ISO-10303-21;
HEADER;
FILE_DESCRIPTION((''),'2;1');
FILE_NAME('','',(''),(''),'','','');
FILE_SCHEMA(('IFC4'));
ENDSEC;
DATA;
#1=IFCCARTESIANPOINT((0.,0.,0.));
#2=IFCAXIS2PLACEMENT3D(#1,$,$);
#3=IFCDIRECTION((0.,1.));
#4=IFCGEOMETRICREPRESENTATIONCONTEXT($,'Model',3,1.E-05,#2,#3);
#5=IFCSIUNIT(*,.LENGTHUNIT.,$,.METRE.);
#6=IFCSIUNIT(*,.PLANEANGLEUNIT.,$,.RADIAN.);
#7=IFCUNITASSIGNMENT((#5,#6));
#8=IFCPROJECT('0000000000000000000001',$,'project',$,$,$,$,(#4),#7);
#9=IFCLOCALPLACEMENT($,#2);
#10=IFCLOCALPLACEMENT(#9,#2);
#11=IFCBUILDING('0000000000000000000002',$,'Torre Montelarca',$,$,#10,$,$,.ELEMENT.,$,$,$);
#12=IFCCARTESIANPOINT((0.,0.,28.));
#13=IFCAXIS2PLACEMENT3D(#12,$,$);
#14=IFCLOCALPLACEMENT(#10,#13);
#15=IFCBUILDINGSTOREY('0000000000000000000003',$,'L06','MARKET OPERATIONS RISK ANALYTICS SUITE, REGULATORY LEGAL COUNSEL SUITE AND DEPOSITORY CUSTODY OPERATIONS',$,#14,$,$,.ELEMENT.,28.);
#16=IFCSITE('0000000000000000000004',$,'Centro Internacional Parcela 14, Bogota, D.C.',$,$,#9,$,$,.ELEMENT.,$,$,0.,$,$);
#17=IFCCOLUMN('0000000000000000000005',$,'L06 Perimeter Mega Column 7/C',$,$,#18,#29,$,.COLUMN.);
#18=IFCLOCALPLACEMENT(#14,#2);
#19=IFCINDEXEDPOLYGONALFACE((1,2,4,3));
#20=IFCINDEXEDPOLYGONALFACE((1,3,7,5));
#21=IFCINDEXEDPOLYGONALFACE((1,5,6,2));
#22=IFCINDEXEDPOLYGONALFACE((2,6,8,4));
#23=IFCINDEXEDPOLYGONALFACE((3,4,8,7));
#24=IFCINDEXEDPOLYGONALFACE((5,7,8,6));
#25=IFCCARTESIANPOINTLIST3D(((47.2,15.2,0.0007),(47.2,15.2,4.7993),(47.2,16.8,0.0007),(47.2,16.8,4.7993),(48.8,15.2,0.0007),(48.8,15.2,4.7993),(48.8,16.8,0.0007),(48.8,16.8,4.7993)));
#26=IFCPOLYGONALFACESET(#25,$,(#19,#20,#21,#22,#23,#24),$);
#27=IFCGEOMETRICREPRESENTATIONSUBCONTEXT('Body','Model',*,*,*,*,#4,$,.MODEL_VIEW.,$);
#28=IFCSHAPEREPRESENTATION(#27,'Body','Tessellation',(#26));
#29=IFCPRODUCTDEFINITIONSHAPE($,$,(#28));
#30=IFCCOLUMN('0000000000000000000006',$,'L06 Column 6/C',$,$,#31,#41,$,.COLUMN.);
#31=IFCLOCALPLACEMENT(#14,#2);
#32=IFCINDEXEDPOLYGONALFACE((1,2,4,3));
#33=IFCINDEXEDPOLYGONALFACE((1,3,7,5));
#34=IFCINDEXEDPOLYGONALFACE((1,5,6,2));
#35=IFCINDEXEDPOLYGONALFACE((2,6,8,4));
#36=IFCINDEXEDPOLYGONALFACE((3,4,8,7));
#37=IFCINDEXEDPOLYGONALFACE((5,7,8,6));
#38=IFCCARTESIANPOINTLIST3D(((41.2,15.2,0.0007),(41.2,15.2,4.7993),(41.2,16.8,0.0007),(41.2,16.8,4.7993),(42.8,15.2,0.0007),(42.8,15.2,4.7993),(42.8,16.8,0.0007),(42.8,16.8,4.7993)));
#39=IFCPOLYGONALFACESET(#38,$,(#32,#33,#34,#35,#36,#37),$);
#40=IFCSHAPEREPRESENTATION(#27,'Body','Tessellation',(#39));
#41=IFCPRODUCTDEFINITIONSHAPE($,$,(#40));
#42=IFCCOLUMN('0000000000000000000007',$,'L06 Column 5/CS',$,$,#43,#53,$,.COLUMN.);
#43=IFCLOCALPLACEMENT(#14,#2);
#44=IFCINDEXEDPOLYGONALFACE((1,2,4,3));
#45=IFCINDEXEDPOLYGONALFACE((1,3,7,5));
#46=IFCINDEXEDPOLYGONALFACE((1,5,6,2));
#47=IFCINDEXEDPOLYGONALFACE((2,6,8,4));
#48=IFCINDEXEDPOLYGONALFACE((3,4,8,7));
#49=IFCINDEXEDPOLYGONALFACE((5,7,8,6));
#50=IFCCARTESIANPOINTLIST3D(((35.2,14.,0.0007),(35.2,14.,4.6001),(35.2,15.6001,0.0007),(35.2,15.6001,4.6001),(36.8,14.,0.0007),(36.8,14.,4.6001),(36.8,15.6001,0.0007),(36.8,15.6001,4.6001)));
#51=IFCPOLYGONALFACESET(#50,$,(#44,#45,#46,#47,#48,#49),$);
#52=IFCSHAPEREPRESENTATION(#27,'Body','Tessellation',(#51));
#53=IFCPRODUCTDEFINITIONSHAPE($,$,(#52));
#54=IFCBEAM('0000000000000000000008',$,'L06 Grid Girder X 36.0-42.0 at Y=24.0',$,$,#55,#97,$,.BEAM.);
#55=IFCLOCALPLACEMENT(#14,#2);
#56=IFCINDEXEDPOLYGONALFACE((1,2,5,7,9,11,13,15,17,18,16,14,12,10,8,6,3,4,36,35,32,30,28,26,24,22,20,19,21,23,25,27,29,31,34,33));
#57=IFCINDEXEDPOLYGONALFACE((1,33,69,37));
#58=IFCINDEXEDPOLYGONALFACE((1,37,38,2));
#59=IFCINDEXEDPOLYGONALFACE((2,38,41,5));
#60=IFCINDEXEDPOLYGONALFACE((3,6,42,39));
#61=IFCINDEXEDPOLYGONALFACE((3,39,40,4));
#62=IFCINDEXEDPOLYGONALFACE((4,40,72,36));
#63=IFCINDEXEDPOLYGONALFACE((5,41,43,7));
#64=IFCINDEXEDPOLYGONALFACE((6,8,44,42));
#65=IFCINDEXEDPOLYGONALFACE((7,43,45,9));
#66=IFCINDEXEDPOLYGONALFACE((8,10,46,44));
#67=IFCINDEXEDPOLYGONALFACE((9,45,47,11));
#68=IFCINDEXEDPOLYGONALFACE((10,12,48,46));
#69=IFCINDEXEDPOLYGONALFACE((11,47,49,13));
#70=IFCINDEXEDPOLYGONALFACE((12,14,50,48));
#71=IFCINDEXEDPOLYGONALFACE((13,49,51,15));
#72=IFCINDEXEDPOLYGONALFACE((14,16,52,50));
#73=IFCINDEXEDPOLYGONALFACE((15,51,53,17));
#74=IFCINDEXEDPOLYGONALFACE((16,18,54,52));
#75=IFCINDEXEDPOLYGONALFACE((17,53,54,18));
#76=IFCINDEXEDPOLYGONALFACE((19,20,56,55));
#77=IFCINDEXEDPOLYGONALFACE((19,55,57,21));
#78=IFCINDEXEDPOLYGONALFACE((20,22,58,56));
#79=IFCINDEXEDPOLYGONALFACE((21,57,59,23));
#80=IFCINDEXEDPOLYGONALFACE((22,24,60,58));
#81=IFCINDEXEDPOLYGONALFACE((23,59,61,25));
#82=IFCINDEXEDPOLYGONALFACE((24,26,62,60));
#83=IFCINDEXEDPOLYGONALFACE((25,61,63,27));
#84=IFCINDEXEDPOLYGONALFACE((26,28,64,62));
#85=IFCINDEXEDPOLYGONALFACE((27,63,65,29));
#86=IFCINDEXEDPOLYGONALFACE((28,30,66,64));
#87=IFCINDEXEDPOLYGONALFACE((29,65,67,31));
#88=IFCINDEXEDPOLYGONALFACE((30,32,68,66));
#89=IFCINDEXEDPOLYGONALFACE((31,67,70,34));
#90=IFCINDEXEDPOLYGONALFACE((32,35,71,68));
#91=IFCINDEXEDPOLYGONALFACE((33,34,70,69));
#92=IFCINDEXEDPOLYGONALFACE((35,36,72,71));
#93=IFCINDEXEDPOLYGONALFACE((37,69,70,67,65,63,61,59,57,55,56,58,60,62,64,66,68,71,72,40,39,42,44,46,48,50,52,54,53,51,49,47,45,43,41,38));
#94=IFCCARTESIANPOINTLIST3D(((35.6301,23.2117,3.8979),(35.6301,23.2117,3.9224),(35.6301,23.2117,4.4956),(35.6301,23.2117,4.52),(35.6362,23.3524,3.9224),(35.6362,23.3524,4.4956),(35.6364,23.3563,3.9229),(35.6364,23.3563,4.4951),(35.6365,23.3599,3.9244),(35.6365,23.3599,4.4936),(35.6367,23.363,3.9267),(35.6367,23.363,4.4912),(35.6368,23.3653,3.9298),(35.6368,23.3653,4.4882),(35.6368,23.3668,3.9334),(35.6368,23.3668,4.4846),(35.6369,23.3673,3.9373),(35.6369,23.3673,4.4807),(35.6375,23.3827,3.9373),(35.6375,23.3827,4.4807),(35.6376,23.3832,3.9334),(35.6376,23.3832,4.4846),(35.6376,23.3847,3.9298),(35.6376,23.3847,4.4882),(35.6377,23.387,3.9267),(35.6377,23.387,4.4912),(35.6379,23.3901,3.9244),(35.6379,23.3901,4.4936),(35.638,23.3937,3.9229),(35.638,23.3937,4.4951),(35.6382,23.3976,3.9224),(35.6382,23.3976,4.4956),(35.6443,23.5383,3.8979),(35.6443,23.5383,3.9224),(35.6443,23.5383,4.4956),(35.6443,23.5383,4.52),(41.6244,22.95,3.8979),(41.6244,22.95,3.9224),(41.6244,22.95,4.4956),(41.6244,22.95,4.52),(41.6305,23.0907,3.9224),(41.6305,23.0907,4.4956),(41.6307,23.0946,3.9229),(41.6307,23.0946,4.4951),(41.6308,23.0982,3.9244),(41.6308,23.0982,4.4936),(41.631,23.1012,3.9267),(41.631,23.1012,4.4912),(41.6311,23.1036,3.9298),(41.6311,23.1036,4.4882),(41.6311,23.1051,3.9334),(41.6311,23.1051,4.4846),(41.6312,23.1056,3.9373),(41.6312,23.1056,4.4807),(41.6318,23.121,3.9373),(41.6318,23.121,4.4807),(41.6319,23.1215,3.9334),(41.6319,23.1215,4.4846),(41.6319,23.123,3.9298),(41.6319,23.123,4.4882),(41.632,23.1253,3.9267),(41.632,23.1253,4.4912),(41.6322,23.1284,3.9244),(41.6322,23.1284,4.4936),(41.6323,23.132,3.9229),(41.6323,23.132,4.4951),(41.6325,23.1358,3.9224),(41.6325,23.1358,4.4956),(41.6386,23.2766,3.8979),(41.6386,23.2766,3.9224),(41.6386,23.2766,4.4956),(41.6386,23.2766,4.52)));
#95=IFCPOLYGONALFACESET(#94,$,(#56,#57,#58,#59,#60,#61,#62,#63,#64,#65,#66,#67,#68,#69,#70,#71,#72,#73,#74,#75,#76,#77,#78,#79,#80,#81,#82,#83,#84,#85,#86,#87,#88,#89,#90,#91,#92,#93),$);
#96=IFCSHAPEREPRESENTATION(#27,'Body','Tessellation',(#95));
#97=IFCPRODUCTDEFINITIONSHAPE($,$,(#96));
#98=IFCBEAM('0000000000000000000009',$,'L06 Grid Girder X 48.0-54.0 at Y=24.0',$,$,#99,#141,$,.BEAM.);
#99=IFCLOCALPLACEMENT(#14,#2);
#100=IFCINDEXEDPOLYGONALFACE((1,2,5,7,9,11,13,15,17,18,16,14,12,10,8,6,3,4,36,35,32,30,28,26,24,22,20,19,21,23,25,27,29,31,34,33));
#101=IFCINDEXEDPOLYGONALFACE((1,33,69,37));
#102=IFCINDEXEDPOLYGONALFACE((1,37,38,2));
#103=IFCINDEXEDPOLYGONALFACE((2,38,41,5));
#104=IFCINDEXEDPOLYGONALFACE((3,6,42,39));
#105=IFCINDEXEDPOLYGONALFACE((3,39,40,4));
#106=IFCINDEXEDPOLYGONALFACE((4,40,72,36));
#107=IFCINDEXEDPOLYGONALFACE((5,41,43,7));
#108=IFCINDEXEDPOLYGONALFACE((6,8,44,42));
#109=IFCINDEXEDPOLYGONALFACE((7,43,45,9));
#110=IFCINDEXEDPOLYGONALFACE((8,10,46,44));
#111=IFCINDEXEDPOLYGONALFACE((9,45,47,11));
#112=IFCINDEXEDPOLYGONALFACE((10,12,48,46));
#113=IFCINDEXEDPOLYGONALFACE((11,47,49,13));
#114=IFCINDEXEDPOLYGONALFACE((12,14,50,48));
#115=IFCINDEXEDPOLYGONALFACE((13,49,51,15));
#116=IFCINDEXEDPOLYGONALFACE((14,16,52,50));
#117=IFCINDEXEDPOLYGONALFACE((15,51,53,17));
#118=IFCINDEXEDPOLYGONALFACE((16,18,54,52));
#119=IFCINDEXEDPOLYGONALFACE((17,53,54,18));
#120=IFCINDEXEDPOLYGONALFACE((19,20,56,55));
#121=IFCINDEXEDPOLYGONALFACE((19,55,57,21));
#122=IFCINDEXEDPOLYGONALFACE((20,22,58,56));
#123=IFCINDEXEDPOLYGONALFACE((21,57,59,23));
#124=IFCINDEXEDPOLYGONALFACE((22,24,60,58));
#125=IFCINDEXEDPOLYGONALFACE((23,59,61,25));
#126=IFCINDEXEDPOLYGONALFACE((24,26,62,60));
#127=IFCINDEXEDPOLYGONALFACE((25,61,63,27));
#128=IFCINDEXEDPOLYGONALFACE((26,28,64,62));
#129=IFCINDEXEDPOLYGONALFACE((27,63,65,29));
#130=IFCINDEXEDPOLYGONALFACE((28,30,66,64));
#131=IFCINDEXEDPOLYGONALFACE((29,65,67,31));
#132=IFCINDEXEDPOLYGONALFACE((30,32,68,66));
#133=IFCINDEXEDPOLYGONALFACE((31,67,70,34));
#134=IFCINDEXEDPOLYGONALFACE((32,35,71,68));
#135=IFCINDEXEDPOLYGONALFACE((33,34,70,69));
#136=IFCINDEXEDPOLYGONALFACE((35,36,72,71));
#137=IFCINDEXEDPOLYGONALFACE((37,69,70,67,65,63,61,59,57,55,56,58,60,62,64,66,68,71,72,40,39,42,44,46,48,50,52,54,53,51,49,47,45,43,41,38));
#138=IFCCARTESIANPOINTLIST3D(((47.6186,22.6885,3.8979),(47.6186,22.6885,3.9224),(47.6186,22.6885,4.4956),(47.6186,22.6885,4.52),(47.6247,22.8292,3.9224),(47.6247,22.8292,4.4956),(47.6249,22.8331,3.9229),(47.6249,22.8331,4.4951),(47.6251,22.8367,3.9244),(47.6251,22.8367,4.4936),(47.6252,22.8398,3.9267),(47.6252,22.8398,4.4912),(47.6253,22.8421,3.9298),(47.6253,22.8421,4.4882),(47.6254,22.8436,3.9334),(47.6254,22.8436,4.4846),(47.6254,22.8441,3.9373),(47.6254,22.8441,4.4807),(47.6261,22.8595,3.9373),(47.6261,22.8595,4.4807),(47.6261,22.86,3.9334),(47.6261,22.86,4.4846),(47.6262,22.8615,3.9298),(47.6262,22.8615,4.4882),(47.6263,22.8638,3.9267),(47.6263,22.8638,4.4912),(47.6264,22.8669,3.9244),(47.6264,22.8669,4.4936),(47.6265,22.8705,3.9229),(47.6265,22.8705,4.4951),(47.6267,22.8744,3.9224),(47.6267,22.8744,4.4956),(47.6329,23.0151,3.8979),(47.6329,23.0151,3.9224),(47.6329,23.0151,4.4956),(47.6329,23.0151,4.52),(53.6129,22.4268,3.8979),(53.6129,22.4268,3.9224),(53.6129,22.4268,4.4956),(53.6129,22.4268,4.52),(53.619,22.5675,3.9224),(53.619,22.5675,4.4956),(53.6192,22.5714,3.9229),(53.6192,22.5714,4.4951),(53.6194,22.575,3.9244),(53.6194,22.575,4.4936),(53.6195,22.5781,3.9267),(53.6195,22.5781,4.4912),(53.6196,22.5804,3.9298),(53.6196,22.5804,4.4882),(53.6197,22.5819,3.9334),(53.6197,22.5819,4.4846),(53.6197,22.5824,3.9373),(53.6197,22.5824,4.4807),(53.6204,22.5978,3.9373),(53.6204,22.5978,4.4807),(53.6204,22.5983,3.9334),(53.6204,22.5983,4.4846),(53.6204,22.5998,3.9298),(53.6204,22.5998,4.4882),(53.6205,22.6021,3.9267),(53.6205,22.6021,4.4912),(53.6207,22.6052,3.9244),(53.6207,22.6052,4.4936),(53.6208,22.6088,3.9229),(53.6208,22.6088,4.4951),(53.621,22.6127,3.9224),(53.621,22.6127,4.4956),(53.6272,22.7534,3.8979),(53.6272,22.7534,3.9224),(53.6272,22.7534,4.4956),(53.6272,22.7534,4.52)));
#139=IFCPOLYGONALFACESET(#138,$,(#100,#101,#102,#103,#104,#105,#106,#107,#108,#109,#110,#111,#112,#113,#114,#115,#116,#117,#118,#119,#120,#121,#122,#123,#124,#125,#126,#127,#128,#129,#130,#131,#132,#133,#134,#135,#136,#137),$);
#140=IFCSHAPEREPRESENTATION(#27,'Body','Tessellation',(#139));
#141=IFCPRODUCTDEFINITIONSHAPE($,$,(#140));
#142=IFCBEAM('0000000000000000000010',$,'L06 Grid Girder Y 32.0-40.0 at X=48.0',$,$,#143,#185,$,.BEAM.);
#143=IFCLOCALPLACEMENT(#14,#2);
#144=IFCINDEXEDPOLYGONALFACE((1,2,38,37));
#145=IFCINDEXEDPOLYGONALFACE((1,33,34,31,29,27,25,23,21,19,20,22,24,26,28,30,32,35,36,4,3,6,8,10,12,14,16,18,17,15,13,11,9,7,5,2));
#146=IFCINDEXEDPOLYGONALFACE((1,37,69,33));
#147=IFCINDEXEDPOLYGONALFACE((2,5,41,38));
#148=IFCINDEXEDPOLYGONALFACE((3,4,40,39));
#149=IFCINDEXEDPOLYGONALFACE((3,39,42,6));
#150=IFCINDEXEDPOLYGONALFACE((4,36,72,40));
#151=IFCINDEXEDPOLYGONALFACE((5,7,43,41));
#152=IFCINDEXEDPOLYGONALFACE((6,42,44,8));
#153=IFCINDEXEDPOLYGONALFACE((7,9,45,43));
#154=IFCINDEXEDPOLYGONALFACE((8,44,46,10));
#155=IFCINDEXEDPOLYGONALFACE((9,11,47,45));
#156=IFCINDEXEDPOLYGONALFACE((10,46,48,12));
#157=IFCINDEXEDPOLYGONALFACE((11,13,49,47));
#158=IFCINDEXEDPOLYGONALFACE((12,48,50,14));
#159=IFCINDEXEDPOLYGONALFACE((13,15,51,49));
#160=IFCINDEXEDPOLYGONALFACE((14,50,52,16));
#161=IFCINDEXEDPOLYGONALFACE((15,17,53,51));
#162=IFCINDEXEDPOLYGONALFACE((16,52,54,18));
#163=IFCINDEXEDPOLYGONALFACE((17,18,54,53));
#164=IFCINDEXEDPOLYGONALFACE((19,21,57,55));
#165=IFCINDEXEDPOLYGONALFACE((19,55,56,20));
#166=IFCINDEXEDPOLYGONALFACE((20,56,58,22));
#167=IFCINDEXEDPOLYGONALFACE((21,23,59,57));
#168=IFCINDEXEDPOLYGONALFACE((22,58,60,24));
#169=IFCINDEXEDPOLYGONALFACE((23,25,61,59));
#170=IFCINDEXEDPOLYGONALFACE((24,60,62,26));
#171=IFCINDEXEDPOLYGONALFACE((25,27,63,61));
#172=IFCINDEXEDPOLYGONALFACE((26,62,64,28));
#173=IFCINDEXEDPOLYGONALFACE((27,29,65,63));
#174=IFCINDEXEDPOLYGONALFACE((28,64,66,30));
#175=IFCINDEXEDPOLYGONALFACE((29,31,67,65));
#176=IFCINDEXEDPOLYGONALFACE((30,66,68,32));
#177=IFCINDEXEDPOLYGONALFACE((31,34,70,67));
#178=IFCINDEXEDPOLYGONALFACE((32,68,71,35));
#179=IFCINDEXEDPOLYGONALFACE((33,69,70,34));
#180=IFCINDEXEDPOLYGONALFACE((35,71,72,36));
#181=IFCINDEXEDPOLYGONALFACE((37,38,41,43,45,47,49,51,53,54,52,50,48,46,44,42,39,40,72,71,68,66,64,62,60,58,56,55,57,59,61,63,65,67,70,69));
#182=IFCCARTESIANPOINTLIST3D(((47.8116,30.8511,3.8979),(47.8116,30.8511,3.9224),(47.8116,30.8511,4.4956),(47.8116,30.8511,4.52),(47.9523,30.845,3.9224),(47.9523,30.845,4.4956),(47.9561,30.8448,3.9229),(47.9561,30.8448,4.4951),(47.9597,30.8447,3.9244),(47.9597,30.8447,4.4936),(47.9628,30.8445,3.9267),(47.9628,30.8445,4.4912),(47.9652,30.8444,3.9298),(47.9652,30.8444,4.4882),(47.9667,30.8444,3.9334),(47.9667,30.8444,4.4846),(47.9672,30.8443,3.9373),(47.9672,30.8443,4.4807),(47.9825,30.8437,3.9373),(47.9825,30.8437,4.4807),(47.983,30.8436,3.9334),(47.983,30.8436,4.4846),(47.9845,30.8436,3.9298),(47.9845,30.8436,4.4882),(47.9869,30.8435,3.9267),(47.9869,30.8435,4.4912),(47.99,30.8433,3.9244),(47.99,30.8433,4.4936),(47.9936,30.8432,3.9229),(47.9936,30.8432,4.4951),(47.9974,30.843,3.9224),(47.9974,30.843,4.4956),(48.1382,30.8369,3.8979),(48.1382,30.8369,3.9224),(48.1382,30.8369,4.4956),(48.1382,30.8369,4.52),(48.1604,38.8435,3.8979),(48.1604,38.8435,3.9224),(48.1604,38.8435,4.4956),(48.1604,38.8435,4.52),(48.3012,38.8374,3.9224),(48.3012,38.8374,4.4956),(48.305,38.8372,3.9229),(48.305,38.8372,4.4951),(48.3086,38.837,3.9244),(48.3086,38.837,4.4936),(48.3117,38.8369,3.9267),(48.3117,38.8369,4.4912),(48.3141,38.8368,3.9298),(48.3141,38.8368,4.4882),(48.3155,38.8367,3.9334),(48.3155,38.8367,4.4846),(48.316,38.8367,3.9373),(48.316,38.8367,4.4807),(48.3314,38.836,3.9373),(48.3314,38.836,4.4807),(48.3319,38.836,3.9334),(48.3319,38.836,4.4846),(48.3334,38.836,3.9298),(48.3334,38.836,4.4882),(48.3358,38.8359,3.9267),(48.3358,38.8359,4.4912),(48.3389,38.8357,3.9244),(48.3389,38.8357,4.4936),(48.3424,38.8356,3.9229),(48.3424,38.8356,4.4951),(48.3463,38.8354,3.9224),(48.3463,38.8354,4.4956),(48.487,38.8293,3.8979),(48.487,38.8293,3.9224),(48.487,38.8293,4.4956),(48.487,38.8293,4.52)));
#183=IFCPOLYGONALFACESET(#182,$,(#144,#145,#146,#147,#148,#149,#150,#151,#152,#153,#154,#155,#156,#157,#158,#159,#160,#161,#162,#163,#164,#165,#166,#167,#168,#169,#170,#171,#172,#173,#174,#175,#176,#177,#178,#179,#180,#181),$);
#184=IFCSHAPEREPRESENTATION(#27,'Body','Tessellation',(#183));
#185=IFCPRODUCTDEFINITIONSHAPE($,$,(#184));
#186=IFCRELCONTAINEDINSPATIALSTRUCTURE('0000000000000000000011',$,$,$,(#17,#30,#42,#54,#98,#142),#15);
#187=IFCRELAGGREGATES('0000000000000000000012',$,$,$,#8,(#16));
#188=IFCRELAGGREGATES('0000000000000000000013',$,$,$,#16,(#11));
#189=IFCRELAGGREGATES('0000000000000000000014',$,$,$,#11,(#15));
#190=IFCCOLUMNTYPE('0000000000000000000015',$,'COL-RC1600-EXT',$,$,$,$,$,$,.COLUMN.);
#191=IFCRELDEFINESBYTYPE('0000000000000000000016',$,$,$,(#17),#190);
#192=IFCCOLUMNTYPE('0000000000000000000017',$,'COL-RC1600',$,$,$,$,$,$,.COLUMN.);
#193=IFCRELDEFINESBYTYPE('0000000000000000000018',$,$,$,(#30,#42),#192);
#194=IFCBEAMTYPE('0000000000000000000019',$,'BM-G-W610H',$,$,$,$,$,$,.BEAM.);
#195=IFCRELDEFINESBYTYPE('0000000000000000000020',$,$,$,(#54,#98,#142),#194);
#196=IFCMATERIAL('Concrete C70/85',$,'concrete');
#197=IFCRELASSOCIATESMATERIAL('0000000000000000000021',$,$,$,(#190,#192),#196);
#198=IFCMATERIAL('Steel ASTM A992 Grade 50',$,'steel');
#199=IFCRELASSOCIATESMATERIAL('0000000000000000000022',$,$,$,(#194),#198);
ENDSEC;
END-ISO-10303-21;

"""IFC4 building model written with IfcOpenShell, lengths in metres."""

from ifc_helpers import new_model, si_unit, direction, frame, origin, origin_2d, place, context, subcontext, project, spatial, rectangle, i_section, extrude, source, transform, mapped, material, material_profile, profile_set, type_object, element, save


model = new_model("IFC4")

# Units and contexts
model_context = context("Model", 3, precision=1e-05, world=origin(), true_north=direction((0.0, 1.0)))
body_context = subcontext(model_context, "Body", "Model", "MODEL_VIEW")
ifc_project = project(units=[si_unit("LENGTHUNIT", "METRE"), si_unit("PLANEANGLEUNIT", "RADIAN")], contexts=[model_context])

# Site, building, storey
site_placement = place(None, origin())
site = spatial("IfcSite", under=ifc_project, at=site_placement, Name="Centro Internacional Parcela 14, Bogota, D.C.", CompositionType="ELEMENT", RefElevation=0.0)
building_placement = place(site_placement, origin())
building = spatial("IfcBuilding", under=site, at=building_placement, Name="Torre Montelarca", CompositionType="ELEMENT")
storey_placement = place(building_placement, frame((0.0, 0.0, 28.0)))
storey = spatial("IfcBuildingStorey", under=building, at=storey_placement, Name="L06", Description="MARKET OPERATIONS RISK ANALYTICS SUITE, REGULATORY LEGAL COUNSEL SUITE AND DEPOSITORY CUSTODY OPERATIONS", CompositionType="ELEMENT", Elevation=28.0)

# Columns
ifc_material_1 = material(Name="Concrete C70/85", Category="concrete")
ifc_material_profile_1 = material_profile(ifc_material_1, rectangle(XDim=1.6001, YDim=1.6001, at=origin_2d()), Name="RC1600X1600", Category="concrete")
ifc_profile_set_1 = profile_set([ifc_material_profile_1], Name="Concrete C70/85")
column_type_1 = type_object("IfcColumnType", Name="COL-RC1600-EXT", PredefinedType="COLUMN", material=ifc_profile_set_1)
shared_shape_1 = source(origin(), body_context, "Body", "SweptSolid", [
    extrude(rectangle(XDim=1.6001, YDim=1.6001, at=origin_2d()), origin(), (0.0, 0.0, 1.0), 4.7986),
])
column_1_placement = place(storey_placement, frame((48.0, 16.0, 0.0007), z_axis=(0.0, 0.0, 1.0), x_axis=(1.0, 0.0, 0.0)))
element("IfcColumn", 1, at=column_1_placement, inside=storey, type_object=column_type_1, Name="L06 Perimeter Mega Column 7/C", PredefinedType="COLUMN", context=body_context, shape_type="MappedRepresentation", body=[
    mapped(shared_shape_1, transform((0.0, 0.0, 0.0), scale=1.0)),
])
ifc_material_profile_2 = material_profile(ifc_material_1, rectangle(XDim=1.6001, YDim=1.6001, at=origin_2d()), Name="RC1600X1600", Category="concrete")
ifc_profile_set_2 = profile_set([ifc_material_profile_2], Name="Concrete C70/85")
column_type_2 = type_object("IfcColumnType", Name="COL-RC1600", PredefinedType="COLUMN", material=ifc_profile_set_2)
shared_shape_2 = source(origin(), body_context, "Body", "SweptSolid", [
    extrude(rectangle(XDim=1.6001, YDim=1.6001, at=origin_2d()), origin(), (0.0, 0.0, 1.0), 4.7986),
])
column_2_placement = place(storey_placement, frame((42.0, 16.0, 0.0007), z_axis=(0.0, 0.0, 1.0), x_axis=(1.0, 0.0, 0.0)))
element("IfcColumn", 2, at=column_2_placement, inside=storey, type_object=column_type_2, Name="L06 Column 6/C", PredefinedType="COLUMN", context=body_context, shape_type="MappedRepresentation", body=[
    mapped(shared_shape_2, transform((0.0, 0.0, 0.0), scale=1.0)),
])
shared_shape_3 = source(origin(), body_context, "Body", "SweptSolid", [
    extrude(rectangle(XDim=1.6001, YDim=1.6001, at=origin_2d()), origin(), (0.0, 0.0, 1.0), 4.5994),
])
column_3_placement = place(storey_placement, frame((36.0, 14.8, 0.0007), z_axis=(0.0, 0.0, 1.0), x_axis=(1.0, 0.0, 0.0)))
element("IfcColumn", 3, at=column_3_placement, inside=storey, type_object=column_type_2, Name="L06 Column 5/CS", PredefinedType="COLUMN", context=body_context, shape_type="MappedRepresentation", body=[
    mapped(shared_shape_3, transform((0.0, 0.0, 0.0), scale=1.0)),
])

# Beams
ifc_material_2 = material(Name="Steel ASTM A992 Grade 50", Category="steel")
ifc_material_profile_3 = material_profile(ifc_material_2, i_section(OverallWidth=0.3269, OverallDepth=0.6221, WebThickness=0.0154, FlangeThickness=0.0244, FilletRadius=0.0149, at=origin_2d()), Name="W610X195", Category="steel")
ifc_profile_set_3 = profile_set([ifc_material_profile_3], Name="Steel ASTM A992 Grade 50")
beam_type_1 = type_object("IfcBeamType", Name="BM-G-W610H", PredefinedType="BEAM", material=ifc_profile_set_3)
shared_shape_4 = source(origin(), body_context, "Body", "SweptSolid", [
    extrude(i_section(OverallWidth=0.3269, OverallDepth=0.6221, WebThickness=0.0154, FlangeThickness=0.0244, FilletRadius=0.0149, at=origin_2d()), origin(), (0.0, 0.0, 1.0), 6.0),
])
for number, where, z_axis, x_axis, name in (
    (4, (35.6372, 23.375, 4.209), (0.999048, -0.043619, 0.0), (0.043619, 0.999048, 0.0), "L06 Grid Girder X 36.0-42.0 at Y=24.0"),
    (5, (47.6257, 22.8518, 4.209), (0.999048, -0.043619, 0.0), (0.043619, 0.999048, 0.0), "L06 Grid Girder X 48.0-54.0 at Y=24.0"),
):
    element("IfcBeam", number, at=place(storey_placement, frame(where, z_axis=z_axis, x_axis=x_axis)), inside=storey, type_object=beam_type_1, Name=name, PredefinedType="BEAM", context=body_context, shape_type="MappedRepresentation", body=[
        mapped(shared_shape_4, transform((0.0, 0.0, 0.0), scale=1.0)),
    ])
shared_shape_5 = source(origin(), body_context, "Body", "SweptSolid", [
    extrude(i_section(OverallWidth=0.3269, OverallDepth=0.6221, WebThickness=0.0154, FlangeThickness=0.0244, FilletRadius=0.0149, at=origin_2d()), origin(), (0.0, 0.0, 1.0), 8.0),
])
beam_1_placement = place(storey_placement, frame((47.9749, 30.844, 4.209), z_axis=(0.043609, 0.999049, 0.0), x_axis=(-0.999049, 0.043609, 0.0)))
element("IfcBeam", 6, at=beam_1_placement, inside=storey, type_object=beam_type_1, Name="L06 Grid Girder Y 32.0-40.0 at X=48.0", PredefinedType="BEAM", context=body_context, shape_type="MappedRepresentation", body=[
    mapped(shared_shape_5, transform((0.0, 0.0, 0.0), scale=1.0)),
])

save(model, "model.ifc")
